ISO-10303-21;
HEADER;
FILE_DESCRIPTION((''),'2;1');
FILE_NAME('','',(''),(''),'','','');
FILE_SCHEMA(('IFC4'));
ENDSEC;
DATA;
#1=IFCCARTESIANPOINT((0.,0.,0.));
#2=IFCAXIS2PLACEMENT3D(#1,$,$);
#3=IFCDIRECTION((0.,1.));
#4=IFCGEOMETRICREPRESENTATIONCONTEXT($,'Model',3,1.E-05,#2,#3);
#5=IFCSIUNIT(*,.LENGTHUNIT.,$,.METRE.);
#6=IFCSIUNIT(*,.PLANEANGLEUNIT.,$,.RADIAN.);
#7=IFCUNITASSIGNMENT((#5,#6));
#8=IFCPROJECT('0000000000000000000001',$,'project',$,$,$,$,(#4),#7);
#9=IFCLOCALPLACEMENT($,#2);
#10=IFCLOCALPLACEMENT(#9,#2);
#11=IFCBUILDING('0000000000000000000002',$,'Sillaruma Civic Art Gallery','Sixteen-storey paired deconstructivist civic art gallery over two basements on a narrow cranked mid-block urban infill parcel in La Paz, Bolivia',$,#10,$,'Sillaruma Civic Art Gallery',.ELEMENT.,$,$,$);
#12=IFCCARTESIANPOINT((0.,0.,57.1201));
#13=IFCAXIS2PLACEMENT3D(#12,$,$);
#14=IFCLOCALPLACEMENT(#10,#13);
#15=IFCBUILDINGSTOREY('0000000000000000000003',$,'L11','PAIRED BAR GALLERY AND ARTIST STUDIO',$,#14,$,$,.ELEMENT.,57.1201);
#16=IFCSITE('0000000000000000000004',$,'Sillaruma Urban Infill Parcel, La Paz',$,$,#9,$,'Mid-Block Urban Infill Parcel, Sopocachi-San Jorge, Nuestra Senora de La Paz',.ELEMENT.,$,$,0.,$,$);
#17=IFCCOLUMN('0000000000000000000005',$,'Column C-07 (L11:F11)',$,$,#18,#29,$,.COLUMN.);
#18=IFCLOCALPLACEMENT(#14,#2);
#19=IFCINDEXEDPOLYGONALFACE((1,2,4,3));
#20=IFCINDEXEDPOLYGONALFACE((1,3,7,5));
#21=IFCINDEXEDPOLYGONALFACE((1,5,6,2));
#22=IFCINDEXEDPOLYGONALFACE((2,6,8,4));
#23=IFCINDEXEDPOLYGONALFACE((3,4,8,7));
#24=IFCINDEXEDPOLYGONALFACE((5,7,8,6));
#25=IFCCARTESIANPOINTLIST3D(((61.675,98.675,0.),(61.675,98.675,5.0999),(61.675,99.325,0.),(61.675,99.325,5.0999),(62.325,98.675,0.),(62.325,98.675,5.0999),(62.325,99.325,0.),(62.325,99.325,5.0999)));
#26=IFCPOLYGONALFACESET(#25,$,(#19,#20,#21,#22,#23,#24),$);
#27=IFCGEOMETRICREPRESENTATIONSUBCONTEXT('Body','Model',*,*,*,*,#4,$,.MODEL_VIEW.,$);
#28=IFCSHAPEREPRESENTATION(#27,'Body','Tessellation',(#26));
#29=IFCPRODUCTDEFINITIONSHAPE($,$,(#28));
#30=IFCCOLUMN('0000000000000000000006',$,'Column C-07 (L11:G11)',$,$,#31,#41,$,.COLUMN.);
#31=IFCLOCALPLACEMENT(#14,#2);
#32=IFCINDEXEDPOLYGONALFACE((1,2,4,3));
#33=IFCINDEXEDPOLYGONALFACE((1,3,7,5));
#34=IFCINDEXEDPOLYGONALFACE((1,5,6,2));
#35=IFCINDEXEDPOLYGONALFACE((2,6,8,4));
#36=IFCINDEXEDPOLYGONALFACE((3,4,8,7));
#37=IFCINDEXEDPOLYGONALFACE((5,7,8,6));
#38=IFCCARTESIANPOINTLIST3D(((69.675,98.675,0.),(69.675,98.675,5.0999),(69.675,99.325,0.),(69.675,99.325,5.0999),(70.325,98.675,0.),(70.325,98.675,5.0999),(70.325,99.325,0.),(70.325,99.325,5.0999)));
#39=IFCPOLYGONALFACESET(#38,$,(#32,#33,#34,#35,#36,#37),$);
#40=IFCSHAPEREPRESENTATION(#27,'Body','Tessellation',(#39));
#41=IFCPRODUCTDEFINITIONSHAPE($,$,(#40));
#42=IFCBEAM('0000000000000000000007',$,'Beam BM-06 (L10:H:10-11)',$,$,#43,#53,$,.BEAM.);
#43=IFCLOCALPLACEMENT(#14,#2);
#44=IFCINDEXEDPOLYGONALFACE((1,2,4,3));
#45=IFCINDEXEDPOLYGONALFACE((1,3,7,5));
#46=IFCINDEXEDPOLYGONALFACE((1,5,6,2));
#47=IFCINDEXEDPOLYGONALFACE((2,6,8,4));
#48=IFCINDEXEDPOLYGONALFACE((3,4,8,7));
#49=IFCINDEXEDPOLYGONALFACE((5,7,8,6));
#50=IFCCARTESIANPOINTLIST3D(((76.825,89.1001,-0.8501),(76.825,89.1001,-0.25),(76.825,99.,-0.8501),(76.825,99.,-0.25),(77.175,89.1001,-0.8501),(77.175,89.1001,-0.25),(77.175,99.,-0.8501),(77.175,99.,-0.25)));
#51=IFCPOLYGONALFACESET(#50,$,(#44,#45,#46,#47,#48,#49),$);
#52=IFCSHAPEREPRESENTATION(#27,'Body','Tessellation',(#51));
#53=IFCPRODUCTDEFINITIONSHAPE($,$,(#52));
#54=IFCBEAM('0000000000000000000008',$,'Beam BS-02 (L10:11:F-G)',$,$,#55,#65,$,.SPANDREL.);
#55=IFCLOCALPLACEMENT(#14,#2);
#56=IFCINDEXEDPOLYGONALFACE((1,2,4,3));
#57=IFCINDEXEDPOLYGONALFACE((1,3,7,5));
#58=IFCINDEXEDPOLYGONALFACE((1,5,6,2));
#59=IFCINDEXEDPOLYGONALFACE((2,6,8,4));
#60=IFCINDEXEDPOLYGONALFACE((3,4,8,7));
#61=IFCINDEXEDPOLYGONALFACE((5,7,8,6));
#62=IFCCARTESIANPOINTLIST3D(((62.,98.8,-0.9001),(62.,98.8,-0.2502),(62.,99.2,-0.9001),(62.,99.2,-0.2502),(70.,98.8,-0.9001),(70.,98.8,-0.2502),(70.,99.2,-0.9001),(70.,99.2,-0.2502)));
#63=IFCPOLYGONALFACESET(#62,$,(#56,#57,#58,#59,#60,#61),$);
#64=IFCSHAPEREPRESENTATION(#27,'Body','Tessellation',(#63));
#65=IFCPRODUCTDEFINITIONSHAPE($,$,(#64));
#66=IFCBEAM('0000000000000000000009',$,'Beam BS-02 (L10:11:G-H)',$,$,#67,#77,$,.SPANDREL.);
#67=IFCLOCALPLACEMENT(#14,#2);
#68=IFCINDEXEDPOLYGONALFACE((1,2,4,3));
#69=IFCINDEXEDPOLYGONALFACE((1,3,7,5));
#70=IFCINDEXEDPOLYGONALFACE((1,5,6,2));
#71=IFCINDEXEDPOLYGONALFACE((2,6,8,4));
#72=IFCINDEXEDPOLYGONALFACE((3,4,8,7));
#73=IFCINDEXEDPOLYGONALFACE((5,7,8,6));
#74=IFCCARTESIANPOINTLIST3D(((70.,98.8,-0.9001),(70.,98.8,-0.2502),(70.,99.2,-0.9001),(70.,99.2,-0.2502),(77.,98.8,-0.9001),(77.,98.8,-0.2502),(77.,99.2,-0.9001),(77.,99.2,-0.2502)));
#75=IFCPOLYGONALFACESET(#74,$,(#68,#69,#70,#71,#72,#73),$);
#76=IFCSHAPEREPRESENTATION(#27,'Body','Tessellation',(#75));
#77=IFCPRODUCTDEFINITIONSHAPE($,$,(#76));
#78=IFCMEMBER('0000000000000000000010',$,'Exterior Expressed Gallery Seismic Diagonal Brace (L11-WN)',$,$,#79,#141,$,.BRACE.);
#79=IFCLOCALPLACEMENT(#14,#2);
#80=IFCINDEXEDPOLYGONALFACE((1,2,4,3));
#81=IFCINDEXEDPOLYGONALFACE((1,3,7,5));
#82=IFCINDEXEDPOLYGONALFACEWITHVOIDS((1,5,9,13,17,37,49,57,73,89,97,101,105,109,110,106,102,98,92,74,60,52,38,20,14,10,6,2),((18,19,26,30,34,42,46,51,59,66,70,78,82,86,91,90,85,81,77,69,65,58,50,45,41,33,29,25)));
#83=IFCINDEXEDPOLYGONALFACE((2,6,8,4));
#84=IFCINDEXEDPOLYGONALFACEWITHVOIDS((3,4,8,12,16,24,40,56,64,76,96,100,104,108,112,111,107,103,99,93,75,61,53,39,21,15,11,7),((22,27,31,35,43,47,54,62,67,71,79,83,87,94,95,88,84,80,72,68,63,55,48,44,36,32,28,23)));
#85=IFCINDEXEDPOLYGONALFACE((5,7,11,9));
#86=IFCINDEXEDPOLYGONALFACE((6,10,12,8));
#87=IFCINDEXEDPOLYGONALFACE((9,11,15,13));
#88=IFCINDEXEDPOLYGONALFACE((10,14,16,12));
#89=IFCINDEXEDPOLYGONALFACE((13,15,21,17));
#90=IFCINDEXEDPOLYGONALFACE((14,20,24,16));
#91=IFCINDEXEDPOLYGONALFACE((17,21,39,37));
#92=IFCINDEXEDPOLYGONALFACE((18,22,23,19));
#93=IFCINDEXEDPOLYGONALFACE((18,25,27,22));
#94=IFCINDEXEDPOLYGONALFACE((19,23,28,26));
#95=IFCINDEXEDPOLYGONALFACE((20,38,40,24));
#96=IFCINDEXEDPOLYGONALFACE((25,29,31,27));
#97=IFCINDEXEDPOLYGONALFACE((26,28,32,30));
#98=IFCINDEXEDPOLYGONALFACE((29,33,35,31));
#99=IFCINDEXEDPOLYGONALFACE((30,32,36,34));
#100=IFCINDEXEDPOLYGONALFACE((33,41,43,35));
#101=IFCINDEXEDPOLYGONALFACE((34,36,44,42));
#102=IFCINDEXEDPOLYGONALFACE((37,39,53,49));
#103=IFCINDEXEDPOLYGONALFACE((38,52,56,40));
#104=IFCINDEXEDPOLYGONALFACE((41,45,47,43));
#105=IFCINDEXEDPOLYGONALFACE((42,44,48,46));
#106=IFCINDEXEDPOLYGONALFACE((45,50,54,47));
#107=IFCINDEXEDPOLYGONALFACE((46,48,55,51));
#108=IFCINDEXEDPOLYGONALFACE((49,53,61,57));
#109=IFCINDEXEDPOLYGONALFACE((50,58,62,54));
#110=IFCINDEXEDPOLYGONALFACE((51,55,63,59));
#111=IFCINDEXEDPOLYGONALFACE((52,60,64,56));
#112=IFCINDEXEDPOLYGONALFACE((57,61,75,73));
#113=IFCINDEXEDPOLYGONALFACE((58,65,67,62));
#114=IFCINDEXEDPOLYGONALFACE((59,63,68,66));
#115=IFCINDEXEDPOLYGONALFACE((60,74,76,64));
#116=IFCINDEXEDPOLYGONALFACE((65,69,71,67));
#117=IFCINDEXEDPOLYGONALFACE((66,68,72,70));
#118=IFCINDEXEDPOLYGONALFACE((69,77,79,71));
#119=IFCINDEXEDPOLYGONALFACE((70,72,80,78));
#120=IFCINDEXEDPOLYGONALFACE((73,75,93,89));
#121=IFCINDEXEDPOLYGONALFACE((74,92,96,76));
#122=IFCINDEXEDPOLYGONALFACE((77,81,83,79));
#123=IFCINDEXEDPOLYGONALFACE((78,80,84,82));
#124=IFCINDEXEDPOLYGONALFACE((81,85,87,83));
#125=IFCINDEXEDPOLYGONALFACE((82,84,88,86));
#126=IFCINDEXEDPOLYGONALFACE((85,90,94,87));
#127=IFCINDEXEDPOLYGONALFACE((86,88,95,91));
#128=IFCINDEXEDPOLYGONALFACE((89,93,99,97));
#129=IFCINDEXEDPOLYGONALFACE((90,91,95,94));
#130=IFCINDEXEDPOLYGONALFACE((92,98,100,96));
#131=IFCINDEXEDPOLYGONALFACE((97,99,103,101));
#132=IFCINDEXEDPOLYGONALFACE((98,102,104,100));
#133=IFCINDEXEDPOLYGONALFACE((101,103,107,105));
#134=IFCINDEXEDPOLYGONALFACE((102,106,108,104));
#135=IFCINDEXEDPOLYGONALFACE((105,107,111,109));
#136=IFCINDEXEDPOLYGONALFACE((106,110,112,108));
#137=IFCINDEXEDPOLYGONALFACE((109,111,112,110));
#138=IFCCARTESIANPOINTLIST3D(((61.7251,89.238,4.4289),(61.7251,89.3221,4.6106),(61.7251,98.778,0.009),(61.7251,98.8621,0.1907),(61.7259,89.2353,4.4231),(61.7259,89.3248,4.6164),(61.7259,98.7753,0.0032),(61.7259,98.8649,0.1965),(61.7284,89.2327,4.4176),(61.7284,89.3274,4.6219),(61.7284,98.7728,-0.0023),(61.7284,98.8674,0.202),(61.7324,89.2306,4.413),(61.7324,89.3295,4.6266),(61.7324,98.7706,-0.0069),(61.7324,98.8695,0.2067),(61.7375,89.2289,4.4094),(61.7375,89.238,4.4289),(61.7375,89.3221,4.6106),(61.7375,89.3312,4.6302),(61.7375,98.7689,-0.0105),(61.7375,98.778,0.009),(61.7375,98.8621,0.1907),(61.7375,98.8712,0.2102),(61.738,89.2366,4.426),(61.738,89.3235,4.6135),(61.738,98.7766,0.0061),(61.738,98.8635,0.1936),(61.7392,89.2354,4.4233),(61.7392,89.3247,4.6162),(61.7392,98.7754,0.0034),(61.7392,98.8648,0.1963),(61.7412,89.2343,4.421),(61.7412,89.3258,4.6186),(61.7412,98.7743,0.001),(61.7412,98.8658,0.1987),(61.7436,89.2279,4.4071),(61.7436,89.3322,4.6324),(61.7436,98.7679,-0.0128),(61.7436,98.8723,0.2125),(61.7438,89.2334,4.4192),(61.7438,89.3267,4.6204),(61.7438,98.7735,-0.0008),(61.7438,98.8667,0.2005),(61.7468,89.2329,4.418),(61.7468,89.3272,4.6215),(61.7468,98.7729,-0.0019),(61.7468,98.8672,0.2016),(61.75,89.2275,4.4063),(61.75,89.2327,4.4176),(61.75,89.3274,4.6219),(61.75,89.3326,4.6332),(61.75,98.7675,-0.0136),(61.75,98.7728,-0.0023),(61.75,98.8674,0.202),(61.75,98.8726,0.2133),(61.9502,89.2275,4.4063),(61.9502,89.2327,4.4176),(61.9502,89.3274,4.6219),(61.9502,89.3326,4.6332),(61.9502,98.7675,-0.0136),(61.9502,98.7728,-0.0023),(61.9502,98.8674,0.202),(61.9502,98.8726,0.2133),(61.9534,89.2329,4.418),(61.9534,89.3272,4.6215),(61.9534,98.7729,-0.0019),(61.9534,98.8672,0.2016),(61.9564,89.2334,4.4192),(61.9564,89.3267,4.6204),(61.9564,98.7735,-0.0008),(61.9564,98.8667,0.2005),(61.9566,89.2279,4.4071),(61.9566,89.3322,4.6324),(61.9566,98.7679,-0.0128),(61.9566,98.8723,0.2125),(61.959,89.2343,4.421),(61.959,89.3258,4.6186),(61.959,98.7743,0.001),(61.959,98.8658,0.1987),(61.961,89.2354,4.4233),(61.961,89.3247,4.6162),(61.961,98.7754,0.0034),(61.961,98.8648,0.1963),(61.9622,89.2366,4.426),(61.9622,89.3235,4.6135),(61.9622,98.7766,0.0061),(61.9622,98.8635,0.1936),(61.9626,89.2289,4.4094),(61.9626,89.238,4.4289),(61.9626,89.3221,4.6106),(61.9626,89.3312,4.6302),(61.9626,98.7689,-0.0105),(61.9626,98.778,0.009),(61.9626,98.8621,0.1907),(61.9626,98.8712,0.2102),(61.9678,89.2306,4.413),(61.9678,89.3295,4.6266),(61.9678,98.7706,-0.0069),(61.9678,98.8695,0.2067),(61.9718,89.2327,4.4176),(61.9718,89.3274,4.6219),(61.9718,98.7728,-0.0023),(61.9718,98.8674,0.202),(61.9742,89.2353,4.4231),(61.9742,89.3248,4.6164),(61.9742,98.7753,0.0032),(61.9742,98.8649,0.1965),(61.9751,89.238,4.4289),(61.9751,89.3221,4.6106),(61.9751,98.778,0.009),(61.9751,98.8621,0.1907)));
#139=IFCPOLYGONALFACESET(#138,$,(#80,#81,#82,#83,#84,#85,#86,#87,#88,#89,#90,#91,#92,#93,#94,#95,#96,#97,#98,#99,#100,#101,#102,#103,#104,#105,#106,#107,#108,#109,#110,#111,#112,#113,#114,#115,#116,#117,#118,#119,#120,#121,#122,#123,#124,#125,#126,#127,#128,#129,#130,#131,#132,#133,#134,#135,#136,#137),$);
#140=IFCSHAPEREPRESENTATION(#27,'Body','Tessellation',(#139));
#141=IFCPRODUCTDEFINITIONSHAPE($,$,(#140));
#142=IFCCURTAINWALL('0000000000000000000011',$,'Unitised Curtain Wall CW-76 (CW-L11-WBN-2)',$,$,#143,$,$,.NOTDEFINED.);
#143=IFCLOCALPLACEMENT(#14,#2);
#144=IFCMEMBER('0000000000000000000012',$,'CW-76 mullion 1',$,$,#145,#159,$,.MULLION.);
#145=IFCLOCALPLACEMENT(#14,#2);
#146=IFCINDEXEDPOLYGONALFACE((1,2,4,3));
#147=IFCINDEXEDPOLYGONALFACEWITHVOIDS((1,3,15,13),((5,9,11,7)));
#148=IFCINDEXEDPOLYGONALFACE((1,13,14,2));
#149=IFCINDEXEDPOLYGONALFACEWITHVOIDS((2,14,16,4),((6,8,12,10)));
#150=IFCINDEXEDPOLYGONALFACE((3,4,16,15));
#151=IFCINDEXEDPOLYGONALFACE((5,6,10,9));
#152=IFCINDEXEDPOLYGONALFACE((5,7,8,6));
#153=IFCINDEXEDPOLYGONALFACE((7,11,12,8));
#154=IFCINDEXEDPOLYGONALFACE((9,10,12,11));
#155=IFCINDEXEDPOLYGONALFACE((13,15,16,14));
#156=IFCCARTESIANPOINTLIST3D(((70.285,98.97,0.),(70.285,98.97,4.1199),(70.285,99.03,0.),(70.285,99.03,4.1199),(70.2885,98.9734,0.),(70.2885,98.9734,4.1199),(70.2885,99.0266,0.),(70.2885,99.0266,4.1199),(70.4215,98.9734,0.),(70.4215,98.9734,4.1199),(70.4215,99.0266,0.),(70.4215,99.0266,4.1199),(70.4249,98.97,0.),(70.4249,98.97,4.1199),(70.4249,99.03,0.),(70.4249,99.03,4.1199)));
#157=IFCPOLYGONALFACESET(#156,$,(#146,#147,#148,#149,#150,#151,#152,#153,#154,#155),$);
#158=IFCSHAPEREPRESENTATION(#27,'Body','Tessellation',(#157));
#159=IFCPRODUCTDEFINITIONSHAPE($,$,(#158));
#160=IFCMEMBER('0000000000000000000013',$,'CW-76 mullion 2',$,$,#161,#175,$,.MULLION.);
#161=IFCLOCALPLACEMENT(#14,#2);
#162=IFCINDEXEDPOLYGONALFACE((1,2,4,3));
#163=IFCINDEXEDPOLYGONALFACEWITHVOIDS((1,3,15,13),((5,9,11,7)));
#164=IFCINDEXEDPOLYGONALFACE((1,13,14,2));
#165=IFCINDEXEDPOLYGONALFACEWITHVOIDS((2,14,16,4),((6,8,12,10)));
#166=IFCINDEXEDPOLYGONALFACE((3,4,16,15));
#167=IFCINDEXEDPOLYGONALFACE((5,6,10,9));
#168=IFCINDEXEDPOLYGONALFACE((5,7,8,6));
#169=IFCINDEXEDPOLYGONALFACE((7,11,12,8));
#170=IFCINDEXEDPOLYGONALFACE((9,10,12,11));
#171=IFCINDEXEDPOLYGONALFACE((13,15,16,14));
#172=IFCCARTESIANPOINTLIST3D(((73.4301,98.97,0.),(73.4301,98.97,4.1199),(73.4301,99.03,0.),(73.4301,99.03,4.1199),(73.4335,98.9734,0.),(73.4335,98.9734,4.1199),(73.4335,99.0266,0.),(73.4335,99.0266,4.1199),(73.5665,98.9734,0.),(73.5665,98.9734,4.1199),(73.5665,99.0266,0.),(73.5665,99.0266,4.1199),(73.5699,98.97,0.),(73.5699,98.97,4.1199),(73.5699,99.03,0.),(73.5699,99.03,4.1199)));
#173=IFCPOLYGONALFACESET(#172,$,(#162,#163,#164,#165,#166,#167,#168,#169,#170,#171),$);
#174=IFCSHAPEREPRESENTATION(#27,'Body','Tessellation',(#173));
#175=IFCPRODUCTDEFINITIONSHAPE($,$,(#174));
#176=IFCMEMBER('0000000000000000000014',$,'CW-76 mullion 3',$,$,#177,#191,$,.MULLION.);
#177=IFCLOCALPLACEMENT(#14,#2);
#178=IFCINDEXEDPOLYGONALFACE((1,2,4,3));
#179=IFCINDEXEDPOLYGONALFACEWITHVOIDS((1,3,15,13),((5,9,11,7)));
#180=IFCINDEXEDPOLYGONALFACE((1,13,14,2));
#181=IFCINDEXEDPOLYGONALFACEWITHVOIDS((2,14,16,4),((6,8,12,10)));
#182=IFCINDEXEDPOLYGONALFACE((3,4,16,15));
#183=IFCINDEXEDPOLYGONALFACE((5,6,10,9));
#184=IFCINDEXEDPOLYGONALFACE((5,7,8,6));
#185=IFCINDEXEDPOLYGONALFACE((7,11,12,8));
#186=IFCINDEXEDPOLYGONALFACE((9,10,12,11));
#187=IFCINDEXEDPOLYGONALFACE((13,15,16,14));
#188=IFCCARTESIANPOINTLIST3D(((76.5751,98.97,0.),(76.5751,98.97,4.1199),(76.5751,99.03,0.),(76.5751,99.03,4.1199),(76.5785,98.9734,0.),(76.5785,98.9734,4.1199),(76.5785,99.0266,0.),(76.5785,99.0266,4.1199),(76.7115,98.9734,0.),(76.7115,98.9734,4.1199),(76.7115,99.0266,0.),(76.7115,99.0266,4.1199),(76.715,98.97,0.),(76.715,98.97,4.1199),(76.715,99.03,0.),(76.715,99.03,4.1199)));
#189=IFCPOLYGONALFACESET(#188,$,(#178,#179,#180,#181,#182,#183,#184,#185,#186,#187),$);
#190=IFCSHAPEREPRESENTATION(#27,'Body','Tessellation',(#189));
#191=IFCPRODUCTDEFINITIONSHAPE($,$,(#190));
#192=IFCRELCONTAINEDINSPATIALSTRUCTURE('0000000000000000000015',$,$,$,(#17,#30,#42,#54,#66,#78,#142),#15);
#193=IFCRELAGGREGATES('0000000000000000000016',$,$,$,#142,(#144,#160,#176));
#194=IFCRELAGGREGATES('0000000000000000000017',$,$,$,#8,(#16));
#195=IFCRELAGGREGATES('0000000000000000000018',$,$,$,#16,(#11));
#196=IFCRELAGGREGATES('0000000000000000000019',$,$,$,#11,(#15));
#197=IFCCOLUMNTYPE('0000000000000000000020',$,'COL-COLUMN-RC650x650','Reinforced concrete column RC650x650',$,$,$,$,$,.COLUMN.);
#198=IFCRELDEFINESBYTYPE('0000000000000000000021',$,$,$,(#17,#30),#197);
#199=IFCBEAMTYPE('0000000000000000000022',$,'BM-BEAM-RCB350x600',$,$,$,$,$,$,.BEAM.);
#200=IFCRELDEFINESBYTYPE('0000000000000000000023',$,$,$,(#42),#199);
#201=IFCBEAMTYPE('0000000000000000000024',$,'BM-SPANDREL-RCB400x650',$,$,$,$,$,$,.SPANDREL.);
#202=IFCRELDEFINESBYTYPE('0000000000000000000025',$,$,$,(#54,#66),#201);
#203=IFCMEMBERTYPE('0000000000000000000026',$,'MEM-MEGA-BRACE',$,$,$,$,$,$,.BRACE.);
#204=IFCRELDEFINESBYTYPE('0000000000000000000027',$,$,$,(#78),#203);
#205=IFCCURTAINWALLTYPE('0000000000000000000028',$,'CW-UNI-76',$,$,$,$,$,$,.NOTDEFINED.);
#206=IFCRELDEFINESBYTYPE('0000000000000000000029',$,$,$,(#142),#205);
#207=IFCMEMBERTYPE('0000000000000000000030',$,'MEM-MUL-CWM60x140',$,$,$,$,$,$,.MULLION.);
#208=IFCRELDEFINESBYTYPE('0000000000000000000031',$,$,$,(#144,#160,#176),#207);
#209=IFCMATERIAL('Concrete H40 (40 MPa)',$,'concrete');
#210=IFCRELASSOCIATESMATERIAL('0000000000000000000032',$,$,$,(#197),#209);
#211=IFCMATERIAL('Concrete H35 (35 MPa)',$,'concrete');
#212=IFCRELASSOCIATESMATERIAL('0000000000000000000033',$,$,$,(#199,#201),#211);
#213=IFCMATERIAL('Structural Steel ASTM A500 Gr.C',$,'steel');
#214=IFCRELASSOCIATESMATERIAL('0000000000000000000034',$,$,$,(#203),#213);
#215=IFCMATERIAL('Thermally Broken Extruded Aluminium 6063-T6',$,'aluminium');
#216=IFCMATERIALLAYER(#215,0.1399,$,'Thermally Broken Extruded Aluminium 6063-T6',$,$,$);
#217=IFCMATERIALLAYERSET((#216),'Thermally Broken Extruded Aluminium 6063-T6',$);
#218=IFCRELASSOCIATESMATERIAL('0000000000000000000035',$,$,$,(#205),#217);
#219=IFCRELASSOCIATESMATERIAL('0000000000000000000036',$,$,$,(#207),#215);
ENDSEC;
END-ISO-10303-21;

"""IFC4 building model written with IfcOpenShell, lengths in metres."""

from ifc_helpers import new_model, si_unit, direction, frame, origin, origin_2d, place, context, subcontext, project, spatial, rectangle, hollow_rectangle, extrude, material, layer, layer_set, material_profile, profile_set, type_object, element, aggregate, save


model = new_model("IFC4")

# Units and contexts
model_context = context("Model", 3, precision=1e-05, world=origin(), true_north=direction((0.0, 1.0)))
body_context = subcontext(model_context, "Body", "Model", "MODEL_VIEW")
ifc_project = project(units=[si_unit("LENGTHUNIT", "METRE"), si_unit("PLANEANGLEUNIT", "RADIAN")], contexts=[model_context])

# Site, building, storey
site_placement = place(None, origin())
site = spatial("IfcSite", under=ifc_project, at=site_placement, Name="Sillaruma Urban Infill Parcel, La Paz", LongName="Mid-Block Urban Infill Parcel, Sopocachi-San Jorge, Nuestra Senora de La Paz", CompositionType="ELEMENT", RefElevation=0.0)
building_placement = place(site_placement, origin())
building = spatial("IfcBuilding", under=site, at=building_placement, Name="Sillaruma Civic Art Gallery", Description="Sixteen-storey paired deconstructivist civic art gallery over two basements on a narrow cranked mid-block urban infill parcel in La Paz, Bolivia", LongName="Sillaruma Civic Art Gallery", CompositionType="ELEMENT")
storey_placement = place(building_placement, frame((0.0, 0.0, 57.1201)))
storey = spatial("IfcBuildingStorey", under=building, at=storey_placement, Name="L11", Description="PAIRED BAR GALLERY AND ARTIST STUDIO", CompositionType="ELEMENT", Elevation=57.1201)

# Columns
ifc_material_1 = material(Name="Concrete H40 (40 MPa)", Category="concrete")
ifc_material_profile_1 = material_profile(ifc_material_1, rectangle(XDim=0.6499, YDim=0.6499, at=origin_2d()), Name="RC650x650")
ifc_profile_set_1 = profile_set([ifc_material_profile_1], Name="Concrete H40 (40 MPa)")
column_type = type_object("IfcColumnType", Name="COL-COLUMN-RC650x650", Description="Reinforced concrete column RC650x650", PredefinedType="COLUMN", material=ifc_profile_set_1)
for number, where, z_axis, x_axis, name in (
    (1, (62.0, 99.0, 0.0), (0.0, 0.0, 1.0), (1.0, 0.0, 0.0), "Column C-07 (L11:F11)"),
    (2, (70.0, 99.0, 0.0), (0.0, 0.0, 1.0), (1.0, 0.0, 0.0), "Column C-07 (L11:G11)"),
):
    element("IfcColumn", number, at=place(storey_placement, frame(where, z_axis=z_axis, x_axis=x_axis)), inside=storey, type_object=column_type, Name=name, PredefinedType="COLUMN", context=body_context, shape_type="SweptSolid", body=[
        extrude(rectangle(XDim=0.6499, YDim=0.6499, at=origin_2d()), origin(), (0.0, 0.0, 1.0), 5.0999),
    ])

# Beams
ifc_material_2 = material(Name="Concrete H35 (35 MPa)", Category="concrete")
ifc_material_profile_2 = material_profile(ifc_material_2, rectangle(XDim=0.3501, YDim=0.6001, at=origin_2d()), Name="RCB350x600")
ifc_profile_set_2 = profile_set([ifc_material_profile_2], Name="Concrete H35 (35 MPa)")
beam_type_1 = type_object("IfcBeamType", Name="BM-BEAM-RCB350x600", PredefinedType="BEAM", material=ifc_profile_set_2)
beam_1_placement = place(storey_placement, frame((77.0, 89.1001, -0.55), z_axis=(0.0, 1.0, 0.0), x_axis=(-1.0, 0.0, 0.0)))
element("IfcBeam", 3, at=beam_1_placement, inside=storey, type_object=beam_type_1, Name="Beam BM-06 (L10:H:10-11)", PredefinedType="BEAM", context=body_context, shape_type="SweptSolid", body=[
    extrude(rectangle(XDim=0.3501, YDim=0.6001, at=origin_2d()), origin(), (0.0, 0.0, 1.0), 9.8999),
])
ifc_material_profile_3 = material_profile(ifc_material_2, rectangle(XDim=0.3999, YDim=0.6499, at=origin_2d()), Name="RCB400x650")
ifc_profile_set_3 = profile_set([ifc_material_profile_3], Name="Concrete H35 (35 MPa)")
beam_type_2 = type_object("IfcBeamType", Name="BM-SPANDREL-RCB400x650", PredefinedType="SPANDREL", material=ifc_profile_set_3)
beam_2_placement = place(storey_placement, frame((62.0, 99.0, -0.5752), z_axis=(1.0, 0.0, 0.0), x_axis=(0.0, 1.0, 0.0)))
element("IfcBeam", 4, at=beam_2_placement, inside=storey, type_object=beam_type_2, Name="Beam BS-02 (L10:11:F-G)", PredefinedType="SPANDREL", context=body_context, shape_type="SweptSolid", body=[
    extrude(rectangle(XDim=0.3999, YDim=0.6499, at=origin_2d()), origin(), (0.0, 0.0, 1.0), 8.0),
])
beam_3_placement = place(storey_placement, frame((70.0, 99.0, -0.5752), z_axis=(1.0, 0.0, 0.0), x_axis=(0.0, 1.0, 0.0)))
element("IfcBeam", 5, at=beam_3_placement, inside=storey, type_object=beam_type_2, Name="Beam BS-02 (L10:11:G-H)", PredefinedType="SPANDREL", context=body_context, shape_type="SweptSolid", body=[
    extrude(rectangle(XDim=0.3999, YDim=0.6499, at=origin_2d()), origin(), (0.0, 0.0, 1.0), 7.0),
])

# Member
ifc_material_3 = material(Name="Structural Steel ASTM A500 Gr.C", Category="steel")
ifc_material_profile_4 = material_profile(ifc_material_3, hollow_rectangle(XDim=0.25, YDim=0.25, WallThickness=0.0125, InnerFilletRadius=0.0125, OuterFilletRadius=0.0249, at=origin_2d()), Name="HSS250x250x12.5")
ifc_profile_set_4 = profile_set([ifc_material_profile_4], Name="Structural Steel ASTM A500 Gr.C")
member_type_1 = type_object("IfcMemberType", Name="MEM-MEGA-BRACE", PredefinedType="BRACE", material=ifc_profile_set_4)
member_1_placement = place(storey_placement, frame((61.8501, 98.8201, 0.0999), z_axis=(0.0, -0.907349, 0.420377), x_axis=(1.0, 0.0, 0.0)))
element("IfcMember", 6, at=member_1_placement, inside=storey, type_object=member_type_1, Name="Exterior Expressed Gallery Seismic Diagonal Brace (L11-WN)", PredefinedType="BRACE", context=body_context, shape_type="SweptSolid", body=[
    extrude(hollow_rectangle(XDim=0.25, YDim=0.25, WallThickness=0.0125, InnerFilletRadius=0.0125, OuterFilletRadius=0.0249, at=origin_2d()), origin(), (0.0, 0.0, 1.0), 10.5142),
])

# Curtain wall, members
ifc_material_4 = material(Name="Thermally Broken Extruded Aluminium 6063-T6", Category="aluminium")
ifc_layer_1 = layer(ifc_material_4, 0.1399, Name="Thermally Broken Extruded Aluminium 6063-T6")
ifc_layer_set_1 = layer_set([ifc_layer_1], Name="Thermally Broken Extruded Aluminium 6063-T6")
curtain_wall_type = type_object("IfcCurtainWallType", Name="CW-UNI-76", PredefinedType="NOTDEFINED", material=ifc_layer_set_1)
curtain_wall_placement = place(storey_placement, origin())
curtain_wall = element("IfcCurtainWall", 7, at=curtain_wall_placement, inside=storey, type_object=curtain_wall_type, Name="Unitised Curtain Wall CW-76 (CW-L11-WBN-2)", PredefinedType="NOTDEFINED")
ifc_material_profile_5 = material_profile(ifc_material_4, hollow_rectangle(XDim=0.0601, YDim=0.1399, WallThickness=0.0034, at=origin_2d()), Name="CWM60x140")
ifc_profile_set_5 = profile_set([ifc_material_profile_5], Name="Thermally Broken Extruded Aluminium 6063-T6")
member_type_2 = type_object("IfcMemberType", Name="MEM-MUL-CWM60x140", PredefinedType="MULLION", material=ifc_profile_set_5)
member_2_placement = place(storey_placement, frame((70.355, 99.0, 0.0), z_axis=(0.0, 0.0, 1.0), x_axis=(0.0, 1.0, 0.0)))
member_2 = element("IfcMember", 8, at=member_2_placement, type_object=member_type_2, Name="CW-76 mullion 1", PredefinedType="MULLION", context=body_context, shape_type="SweptSolid", body=[
    extrude(hollow_rectangle(XDim=0.0601, YDim=0.1399, WallThickness=0.0034, at=origin_2d()), origin(), (0.0, 0.0, 1.0), 4.1199),
])
member_3_placement = place(storey_placement, frame((73.5, 99.0, 0.0), z_axis=(0.0, 0.0, 1.0), x_axis=(0.0, 1.0, 0.0)))
member_3 = element("IfcMember", 9, at=member_3_placement, type_object=member_type_2, Name="CW-76 mullion 2", PredefinedType="MULLION", context=body_context, shape_type="SweptSolid", body=[
    extrude(hollow_rectangle(XDim=0.0601, YDim=0.1399, WallThickness=0.0034, at=origin_2d()), origin(), (0.0, 0.0, 1.0), 4.1199),
])
member_4_placement = place(storey_placement, frame((76.645, 99.0, 0.0), z_axis=(0.0, 0.0, 1.0), x_axis=(0.0, 1.0, 0.0)))
member_4 = element("IfcMember", 10, at=member_4_placement, type_object=member_type_2, Name="CW-76 mullion 3", PredefinedType="MULLION", context=body_context, shape_type="SweptSolid", body=[
    extrude(hollow_rectangle(XDim=0.0601, YDim=0.1399, WallThickness=0.0034, at=origin_2d()), origin(), (0.0, 0.0, 1.0), 4.1199),
])
aggregate(curtain_wall, [member_2, member_3, member_4])

save(model, "model.ifc")
